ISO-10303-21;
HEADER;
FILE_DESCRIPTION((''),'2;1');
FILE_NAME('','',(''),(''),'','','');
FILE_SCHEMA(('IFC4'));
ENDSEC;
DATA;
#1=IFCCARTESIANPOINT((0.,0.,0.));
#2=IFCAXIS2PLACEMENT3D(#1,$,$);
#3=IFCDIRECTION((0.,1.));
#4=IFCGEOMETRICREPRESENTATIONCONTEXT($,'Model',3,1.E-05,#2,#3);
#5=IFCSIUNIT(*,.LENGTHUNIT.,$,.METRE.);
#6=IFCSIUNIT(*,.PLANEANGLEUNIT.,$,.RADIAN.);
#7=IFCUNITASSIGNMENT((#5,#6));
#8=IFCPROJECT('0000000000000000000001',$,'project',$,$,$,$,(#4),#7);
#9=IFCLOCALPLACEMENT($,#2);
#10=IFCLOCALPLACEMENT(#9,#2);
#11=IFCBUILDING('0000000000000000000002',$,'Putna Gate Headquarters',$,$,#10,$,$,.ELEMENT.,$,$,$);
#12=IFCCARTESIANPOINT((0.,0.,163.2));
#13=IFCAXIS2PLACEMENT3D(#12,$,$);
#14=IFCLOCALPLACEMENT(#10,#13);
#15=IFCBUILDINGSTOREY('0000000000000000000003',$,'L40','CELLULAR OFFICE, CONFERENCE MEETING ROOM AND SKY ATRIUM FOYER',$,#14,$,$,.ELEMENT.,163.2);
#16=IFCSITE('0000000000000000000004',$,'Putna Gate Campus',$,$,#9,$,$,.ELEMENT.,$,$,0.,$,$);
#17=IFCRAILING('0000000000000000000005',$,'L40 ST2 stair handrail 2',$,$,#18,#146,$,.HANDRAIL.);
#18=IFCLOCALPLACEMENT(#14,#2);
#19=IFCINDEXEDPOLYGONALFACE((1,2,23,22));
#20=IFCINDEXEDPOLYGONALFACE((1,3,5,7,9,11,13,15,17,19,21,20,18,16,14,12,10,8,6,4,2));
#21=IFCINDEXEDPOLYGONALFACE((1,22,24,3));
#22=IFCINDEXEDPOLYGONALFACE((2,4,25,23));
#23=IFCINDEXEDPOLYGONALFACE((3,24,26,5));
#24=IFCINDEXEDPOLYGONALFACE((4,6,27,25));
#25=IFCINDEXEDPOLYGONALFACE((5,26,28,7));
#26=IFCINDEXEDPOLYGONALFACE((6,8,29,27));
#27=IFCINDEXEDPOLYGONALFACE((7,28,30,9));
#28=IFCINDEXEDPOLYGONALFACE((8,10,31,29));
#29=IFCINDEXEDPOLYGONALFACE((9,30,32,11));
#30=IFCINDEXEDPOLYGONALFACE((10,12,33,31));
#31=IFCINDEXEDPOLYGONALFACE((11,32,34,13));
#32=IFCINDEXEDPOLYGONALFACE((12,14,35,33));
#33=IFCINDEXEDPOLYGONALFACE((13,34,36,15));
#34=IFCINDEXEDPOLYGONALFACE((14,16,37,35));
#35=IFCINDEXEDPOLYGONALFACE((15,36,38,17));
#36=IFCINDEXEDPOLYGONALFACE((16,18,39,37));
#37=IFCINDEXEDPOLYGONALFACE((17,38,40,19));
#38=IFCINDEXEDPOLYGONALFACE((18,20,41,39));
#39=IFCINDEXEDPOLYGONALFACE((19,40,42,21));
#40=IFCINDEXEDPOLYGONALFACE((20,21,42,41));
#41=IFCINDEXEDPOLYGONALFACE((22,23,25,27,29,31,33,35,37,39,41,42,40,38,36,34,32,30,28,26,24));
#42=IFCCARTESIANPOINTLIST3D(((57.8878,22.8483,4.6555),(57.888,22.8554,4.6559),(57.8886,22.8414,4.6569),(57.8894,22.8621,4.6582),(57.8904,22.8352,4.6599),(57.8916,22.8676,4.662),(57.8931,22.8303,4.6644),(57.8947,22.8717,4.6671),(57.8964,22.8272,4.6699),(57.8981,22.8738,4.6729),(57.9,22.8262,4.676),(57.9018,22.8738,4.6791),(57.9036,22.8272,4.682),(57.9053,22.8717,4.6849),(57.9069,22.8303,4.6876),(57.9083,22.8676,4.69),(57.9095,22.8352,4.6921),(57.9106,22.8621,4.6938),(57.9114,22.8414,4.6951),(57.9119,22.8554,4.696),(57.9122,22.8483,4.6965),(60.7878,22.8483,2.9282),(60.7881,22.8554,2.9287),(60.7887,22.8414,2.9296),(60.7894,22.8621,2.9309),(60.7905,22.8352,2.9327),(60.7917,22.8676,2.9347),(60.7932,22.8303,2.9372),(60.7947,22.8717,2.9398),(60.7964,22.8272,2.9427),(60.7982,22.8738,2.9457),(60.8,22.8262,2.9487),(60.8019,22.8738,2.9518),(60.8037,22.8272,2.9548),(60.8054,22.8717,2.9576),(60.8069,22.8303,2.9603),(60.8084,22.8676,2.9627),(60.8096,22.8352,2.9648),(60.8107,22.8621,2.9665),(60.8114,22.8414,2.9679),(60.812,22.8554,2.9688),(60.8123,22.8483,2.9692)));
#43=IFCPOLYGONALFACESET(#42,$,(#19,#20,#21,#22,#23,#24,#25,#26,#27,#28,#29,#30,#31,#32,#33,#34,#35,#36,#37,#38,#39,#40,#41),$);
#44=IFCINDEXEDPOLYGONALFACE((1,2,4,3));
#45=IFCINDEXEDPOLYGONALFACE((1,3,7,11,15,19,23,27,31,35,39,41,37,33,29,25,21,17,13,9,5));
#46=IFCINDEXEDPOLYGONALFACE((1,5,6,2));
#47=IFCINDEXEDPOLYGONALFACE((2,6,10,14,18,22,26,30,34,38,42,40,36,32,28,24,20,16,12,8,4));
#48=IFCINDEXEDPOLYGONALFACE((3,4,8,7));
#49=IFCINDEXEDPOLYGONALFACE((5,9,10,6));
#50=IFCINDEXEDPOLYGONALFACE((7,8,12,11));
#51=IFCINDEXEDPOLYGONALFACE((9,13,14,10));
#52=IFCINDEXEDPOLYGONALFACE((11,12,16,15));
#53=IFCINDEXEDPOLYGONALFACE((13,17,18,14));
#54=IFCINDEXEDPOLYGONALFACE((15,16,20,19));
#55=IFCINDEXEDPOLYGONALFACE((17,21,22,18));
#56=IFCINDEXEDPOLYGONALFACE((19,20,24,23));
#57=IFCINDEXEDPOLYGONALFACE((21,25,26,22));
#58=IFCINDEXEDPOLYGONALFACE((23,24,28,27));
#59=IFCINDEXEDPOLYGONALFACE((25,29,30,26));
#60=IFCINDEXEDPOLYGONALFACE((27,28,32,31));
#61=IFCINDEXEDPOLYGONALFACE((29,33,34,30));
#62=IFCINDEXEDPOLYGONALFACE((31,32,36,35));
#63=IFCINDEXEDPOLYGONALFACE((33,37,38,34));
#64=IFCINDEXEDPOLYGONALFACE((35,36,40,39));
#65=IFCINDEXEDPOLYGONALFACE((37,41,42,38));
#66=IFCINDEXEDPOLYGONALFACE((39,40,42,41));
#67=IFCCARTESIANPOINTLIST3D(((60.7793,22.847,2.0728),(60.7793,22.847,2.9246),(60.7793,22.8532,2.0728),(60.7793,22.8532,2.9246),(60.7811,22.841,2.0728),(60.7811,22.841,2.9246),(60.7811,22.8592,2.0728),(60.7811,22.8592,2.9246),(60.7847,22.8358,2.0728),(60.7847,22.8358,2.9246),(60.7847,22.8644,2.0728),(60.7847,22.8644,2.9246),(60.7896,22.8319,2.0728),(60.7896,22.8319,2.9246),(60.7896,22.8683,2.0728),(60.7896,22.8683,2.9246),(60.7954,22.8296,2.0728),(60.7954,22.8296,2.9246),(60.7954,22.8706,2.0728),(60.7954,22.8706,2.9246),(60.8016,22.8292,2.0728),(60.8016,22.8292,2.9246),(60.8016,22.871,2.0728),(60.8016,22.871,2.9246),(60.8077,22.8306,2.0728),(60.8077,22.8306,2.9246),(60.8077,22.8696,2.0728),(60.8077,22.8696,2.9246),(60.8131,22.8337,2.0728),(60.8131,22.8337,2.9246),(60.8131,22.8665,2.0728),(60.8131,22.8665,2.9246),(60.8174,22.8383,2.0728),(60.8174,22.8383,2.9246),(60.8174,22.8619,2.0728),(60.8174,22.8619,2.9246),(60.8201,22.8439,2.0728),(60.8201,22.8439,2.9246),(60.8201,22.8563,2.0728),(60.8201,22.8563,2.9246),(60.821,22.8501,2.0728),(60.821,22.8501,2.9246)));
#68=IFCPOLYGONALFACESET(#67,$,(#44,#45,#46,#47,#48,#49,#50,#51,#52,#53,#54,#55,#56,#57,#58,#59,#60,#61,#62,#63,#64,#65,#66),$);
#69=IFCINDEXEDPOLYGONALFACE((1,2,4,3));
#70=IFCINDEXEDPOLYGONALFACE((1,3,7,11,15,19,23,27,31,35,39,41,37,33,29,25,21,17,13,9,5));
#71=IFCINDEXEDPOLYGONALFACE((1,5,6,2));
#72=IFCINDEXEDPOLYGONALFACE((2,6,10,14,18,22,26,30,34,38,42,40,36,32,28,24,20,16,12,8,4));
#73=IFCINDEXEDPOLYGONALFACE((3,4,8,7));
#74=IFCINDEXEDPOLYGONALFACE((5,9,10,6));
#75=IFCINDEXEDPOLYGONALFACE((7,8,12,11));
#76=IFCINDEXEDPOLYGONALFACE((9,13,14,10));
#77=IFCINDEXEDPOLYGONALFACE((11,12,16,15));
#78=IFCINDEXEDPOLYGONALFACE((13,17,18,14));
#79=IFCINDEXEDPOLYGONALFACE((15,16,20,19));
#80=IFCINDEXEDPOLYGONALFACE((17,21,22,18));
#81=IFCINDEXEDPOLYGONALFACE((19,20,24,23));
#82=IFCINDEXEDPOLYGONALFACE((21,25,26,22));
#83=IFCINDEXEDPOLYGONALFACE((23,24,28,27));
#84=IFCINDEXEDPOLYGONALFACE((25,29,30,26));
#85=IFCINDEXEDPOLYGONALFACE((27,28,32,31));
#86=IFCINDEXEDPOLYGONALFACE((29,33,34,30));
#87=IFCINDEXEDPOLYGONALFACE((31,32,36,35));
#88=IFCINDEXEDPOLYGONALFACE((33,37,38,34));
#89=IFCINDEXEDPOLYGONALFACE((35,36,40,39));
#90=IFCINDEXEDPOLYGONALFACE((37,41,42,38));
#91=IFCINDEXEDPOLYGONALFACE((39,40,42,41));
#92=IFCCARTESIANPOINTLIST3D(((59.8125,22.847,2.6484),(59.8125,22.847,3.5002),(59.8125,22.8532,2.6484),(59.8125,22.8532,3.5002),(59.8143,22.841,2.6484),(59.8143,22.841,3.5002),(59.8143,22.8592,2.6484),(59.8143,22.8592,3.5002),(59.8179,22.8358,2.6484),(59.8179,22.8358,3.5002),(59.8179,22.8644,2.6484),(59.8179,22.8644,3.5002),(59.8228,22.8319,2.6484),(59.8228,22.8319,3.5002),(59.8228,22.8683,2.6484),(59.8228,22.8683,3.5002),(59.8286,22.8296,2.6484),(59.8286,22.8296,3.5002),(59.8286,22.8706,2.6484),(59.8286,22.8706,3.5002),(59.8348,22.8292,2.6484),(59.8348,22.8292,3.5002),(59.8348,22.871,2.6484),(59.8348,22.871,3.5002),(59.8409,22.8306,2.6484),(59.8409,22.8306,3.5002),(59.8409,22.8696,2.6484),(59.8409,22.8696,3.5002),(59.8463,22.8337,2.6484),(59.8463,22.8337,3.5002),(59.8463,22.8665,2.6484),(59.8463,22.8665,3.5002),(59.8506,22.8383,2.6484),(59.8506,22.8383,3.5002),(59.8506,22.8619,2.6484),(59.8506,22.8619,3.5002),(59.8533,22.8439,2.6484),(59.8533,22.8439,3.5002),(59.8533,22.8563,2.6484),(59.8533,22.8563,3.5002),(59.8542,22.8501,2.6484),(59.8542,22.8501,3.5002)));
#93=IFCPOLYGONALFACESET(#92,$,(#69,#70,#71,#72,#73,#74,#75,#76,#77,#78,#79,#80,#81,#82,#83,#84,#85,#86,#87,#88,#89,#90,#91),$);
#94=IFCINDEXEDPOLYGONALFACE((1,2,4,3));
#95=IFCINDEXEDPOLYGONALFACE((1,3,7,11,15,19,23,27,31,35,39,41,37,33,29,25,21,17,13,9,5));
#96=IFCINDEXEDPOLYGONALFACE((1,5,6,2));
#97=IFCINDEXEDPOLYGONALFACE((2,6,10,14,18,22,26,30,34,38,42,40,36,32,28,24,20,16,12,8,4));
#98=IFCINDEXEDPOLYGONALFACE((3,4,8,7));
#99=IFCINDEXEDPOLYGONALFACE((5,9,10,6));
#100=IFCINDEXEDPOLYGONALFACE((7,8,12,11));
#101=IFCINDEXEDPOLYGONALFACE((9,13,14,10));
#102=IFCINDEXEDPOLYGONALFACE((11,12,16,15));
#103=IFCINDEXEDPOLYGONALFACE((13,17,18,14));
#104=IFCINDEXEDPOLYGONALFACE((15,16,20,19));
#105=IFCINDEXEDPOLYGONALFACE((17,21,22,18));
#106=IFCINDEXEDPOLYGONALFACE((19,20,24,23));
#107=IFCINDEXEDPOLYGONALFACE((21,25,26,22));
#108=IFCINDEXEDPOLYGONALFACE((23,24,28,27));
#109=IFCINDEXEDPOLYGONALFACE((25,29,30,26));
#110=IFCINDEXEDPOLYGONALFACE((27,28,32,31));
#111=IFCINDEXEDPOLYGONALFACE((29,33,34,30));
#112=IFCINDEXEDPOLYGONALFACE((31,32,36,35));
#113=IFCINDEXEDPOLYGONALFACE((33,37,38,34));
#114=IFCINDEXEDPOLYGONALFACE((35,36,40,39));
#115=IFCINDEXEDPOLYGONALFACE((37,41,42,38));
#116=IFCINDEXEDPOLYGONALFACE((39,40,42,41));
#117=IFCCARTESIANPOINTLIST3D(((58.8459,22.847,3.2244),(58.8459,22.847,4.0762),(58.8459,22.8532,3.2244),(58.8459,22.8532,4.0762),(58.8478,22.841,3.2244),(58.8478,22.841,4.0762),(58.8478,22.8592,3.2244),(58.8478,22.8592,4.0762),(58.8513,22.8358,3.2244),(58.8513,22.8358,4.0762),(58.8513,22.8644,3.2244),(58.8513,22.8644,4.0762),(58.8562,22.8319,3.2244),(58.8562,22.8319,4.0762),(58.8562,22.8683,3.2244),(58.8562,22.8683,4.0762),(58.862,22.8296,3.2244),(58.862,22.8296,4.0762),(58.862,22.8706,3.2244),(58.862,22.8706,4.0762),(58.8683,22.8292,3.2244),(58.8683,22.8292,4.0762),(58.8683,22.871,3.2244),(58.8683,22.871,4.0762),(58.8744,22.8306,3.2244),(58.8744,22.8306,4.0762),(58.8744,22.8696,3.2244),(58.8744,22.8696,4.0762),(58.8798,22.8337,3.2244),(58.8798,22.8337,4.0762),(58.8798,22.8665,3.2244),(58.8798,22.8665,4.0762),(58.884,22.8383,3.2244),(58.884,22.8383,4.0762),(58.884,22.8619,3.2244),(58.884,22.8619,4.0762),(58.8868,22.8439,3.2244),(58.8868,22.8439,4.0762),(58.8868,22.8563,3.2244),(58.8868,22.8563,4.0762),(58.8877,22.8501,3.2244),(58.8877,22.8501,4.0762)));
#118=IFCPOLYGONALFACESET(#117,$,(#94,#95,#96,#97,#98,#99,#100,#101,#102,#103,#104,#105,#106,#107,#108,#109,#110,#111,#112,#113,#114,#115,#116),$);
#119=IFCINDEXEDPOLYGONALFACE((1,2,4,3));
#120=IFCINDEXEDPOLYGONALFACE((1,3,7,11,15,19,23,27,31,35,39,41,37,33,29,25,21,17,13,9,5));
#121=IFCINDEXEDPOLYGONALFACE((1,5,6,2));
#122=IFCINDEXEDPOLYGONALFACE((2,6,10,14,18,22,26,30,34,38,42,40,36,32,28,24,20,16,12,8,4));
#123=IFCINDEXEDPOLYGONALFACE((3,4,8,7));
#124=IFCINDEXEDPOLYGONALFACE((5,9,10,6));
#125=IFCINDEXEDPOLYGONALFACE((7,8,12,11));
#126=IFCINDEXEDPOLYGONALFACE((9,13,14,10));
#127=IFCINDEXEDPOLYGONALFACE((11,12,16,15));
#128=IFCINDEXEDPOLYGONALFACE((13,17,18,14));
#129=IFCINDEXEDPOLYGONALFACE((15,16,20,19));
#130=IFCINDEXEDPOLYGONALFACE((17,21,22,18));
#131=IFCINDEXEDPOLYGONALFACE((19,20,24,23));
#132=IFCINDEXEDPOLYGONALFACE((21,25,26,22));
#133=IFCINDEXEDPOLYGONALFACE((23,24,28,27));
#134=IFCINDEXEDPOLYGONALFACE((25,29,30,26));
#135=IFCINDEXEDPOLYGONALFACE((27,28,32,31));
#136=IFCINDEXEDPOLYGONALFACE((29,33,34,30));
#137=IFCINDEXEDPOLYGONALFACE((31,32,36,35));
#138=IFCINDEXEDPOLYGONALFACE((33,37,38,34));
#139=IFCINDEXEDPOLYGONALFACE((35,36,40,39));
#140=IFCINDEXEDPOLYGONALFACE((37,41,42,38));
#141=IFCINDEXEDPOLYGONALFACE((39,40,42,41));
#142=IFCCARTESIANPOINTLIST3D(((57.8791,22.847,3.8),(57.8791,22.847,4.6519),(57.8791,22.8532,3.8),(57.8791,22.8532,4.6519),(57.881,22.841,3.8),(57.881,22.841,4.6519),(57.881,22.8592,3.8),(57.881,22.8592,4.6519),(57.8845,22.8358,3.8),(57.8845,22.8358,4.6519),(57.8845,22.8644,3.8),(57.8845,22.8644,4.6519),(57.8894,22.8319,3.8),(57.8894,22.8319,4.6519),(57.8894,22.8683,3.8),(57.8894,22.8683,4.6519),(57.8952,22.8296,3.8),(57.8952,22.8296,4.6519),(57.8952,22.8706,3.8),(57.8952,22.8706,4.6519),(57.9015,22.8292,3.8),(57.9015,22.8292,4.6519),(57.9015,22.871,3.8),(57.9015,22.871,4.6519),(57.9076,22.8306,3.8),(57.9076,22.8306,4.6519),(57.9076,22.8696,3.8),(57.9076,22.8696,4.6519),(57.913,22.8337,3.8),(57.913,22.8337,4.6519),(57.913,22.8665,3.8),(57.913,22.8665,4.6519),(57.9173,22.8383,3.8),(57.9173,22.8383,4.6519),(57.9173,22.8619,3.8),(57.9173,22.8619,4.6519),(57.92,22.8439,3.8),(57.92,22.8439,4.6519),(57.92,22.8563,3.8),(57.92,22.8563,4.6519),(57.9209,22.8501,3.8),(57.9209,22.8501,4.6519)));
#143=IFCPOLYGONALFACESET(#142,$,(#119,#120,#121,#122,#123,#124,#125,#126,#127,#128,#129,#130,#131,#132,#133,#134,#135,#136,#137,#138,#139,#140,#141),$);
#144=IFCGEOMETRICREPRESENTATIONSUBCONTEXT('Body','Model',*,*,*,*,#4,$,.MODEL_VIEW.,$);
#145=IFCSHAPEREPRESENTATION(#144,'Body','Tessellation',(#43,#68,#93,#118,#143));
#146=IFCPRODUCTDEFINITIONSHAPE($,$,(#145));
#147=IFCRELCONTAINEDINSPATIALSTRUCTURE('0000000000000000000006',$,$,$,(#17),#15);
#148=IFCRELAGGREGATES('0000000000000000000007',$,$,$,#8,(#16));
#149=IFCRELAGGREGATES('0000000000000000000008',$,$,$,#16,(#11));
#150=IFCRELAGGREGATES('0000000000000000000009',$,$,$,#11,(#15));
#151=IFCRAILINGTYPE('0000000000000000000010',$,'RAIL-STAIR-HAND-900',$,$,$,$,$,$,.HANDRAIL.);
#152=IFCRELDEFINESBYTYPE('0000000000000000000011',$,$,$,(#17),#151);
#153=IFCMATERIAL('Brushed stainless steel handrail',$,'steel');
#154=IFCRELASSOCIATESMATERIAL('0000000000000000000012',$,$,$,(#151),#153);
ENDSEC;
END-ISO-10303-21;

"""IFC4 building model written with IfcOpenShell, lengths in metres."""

from ifc_helpers import new_model, si_unit, direction, frame, origin, origin_2d, place, context, subcontext, project, spatial, circle, extrude, material, type_object, element, save


model = new_model("IFC4")

# Units and contexts
model_context = context("Model", 3, precision=1e-05, world=origin(), true_north=direction((0.0, 1.0)))
body_context = subcontext(model_context, "Body", "Model", "MODEL_VIEW")
ifc_project = project(units=[si_unit("LENGTHUNIT", "METRE"), si_unit("PLANEANGLEUNIT", "RADIAN")], contexts=[model_context])

# Site, building, storey
site_placement = place(None, origin())
site = spatial("IfcSite", under=ifc_project, at=site_placement, Name="Putna Gate Campus", CompositionType="ELEMENT", RefElevation=0.0)
building_placement = place(site_placement, origin())
building = spatial("IfcBuilding", under=site, at=building_placement, Name="Putna Gate Headquarters", CompositionType="ELEMENT")
storey_placement = place(building_placement, frame((0.0, 0.0, 163.2)))
storey = spatial("IfcBuildingStorey", under=building, at=storey_placement, Name="L40", Description="CELLULAR OFFICE, CONFERENCE MEETING ROOM AND SKY ATRIUM FOYER", CompositionType="ELEMENT", Elevation=163.2)

# Railing
ifc_material_1 = material(Name="Brushed stainless steel handrail", Category="steel")
railing_type_1 = type_object("IfcRailingType", Name="RAIL-STAIR-HAND-900", PredefinedType="HANDRAIL", material=ifc_material_1)
railing_1_placement = place(storey_placement, frame((60.8, 22.8501, 2.0728)))
element("IfcRailing", 1, at=railing_1_placement, inside=storey, type_object=railing_type_1, Name="L40 ST2 stair handrail 2", PredefinedType="HANDRAIL", context=body_context, shape_type="SweptSolid", body=[
    extrude(circle(Radius=0.0239, at=origin_2d()), frame((0.0, 0.0, 0.876), z_axis=(-0.85916, 0.0, 0.511706), x_axis=(0.0, -1.0, 0.0)), (0.0, 0.0, 1.0), 3.3755),
    extrude(circle(Radius=0.021, at=origin_2d()), origin(), (0.0, 0.0, 1.0), 0.8518),
    extrude(circle(Radius=0.021, at=origin_2d()), frame((-0.9668, 0.0, 0.5757)), (0.0, 0.0, 1.0), 0.8518),
    extrude(circle(Radius=0.021, at=origin_2d()), frame((-1.9333, 0.0, 1.1516)), (0.0, 0.0, 1.0), 0.8518),
    extrude(circle(Radius=0.021, at=origin_2d()), frame((-2.9001, 0.0, 1.7273)), (0.0, 0.0, 1.0), 0.8518),
])

save(model, "model.ifc")
